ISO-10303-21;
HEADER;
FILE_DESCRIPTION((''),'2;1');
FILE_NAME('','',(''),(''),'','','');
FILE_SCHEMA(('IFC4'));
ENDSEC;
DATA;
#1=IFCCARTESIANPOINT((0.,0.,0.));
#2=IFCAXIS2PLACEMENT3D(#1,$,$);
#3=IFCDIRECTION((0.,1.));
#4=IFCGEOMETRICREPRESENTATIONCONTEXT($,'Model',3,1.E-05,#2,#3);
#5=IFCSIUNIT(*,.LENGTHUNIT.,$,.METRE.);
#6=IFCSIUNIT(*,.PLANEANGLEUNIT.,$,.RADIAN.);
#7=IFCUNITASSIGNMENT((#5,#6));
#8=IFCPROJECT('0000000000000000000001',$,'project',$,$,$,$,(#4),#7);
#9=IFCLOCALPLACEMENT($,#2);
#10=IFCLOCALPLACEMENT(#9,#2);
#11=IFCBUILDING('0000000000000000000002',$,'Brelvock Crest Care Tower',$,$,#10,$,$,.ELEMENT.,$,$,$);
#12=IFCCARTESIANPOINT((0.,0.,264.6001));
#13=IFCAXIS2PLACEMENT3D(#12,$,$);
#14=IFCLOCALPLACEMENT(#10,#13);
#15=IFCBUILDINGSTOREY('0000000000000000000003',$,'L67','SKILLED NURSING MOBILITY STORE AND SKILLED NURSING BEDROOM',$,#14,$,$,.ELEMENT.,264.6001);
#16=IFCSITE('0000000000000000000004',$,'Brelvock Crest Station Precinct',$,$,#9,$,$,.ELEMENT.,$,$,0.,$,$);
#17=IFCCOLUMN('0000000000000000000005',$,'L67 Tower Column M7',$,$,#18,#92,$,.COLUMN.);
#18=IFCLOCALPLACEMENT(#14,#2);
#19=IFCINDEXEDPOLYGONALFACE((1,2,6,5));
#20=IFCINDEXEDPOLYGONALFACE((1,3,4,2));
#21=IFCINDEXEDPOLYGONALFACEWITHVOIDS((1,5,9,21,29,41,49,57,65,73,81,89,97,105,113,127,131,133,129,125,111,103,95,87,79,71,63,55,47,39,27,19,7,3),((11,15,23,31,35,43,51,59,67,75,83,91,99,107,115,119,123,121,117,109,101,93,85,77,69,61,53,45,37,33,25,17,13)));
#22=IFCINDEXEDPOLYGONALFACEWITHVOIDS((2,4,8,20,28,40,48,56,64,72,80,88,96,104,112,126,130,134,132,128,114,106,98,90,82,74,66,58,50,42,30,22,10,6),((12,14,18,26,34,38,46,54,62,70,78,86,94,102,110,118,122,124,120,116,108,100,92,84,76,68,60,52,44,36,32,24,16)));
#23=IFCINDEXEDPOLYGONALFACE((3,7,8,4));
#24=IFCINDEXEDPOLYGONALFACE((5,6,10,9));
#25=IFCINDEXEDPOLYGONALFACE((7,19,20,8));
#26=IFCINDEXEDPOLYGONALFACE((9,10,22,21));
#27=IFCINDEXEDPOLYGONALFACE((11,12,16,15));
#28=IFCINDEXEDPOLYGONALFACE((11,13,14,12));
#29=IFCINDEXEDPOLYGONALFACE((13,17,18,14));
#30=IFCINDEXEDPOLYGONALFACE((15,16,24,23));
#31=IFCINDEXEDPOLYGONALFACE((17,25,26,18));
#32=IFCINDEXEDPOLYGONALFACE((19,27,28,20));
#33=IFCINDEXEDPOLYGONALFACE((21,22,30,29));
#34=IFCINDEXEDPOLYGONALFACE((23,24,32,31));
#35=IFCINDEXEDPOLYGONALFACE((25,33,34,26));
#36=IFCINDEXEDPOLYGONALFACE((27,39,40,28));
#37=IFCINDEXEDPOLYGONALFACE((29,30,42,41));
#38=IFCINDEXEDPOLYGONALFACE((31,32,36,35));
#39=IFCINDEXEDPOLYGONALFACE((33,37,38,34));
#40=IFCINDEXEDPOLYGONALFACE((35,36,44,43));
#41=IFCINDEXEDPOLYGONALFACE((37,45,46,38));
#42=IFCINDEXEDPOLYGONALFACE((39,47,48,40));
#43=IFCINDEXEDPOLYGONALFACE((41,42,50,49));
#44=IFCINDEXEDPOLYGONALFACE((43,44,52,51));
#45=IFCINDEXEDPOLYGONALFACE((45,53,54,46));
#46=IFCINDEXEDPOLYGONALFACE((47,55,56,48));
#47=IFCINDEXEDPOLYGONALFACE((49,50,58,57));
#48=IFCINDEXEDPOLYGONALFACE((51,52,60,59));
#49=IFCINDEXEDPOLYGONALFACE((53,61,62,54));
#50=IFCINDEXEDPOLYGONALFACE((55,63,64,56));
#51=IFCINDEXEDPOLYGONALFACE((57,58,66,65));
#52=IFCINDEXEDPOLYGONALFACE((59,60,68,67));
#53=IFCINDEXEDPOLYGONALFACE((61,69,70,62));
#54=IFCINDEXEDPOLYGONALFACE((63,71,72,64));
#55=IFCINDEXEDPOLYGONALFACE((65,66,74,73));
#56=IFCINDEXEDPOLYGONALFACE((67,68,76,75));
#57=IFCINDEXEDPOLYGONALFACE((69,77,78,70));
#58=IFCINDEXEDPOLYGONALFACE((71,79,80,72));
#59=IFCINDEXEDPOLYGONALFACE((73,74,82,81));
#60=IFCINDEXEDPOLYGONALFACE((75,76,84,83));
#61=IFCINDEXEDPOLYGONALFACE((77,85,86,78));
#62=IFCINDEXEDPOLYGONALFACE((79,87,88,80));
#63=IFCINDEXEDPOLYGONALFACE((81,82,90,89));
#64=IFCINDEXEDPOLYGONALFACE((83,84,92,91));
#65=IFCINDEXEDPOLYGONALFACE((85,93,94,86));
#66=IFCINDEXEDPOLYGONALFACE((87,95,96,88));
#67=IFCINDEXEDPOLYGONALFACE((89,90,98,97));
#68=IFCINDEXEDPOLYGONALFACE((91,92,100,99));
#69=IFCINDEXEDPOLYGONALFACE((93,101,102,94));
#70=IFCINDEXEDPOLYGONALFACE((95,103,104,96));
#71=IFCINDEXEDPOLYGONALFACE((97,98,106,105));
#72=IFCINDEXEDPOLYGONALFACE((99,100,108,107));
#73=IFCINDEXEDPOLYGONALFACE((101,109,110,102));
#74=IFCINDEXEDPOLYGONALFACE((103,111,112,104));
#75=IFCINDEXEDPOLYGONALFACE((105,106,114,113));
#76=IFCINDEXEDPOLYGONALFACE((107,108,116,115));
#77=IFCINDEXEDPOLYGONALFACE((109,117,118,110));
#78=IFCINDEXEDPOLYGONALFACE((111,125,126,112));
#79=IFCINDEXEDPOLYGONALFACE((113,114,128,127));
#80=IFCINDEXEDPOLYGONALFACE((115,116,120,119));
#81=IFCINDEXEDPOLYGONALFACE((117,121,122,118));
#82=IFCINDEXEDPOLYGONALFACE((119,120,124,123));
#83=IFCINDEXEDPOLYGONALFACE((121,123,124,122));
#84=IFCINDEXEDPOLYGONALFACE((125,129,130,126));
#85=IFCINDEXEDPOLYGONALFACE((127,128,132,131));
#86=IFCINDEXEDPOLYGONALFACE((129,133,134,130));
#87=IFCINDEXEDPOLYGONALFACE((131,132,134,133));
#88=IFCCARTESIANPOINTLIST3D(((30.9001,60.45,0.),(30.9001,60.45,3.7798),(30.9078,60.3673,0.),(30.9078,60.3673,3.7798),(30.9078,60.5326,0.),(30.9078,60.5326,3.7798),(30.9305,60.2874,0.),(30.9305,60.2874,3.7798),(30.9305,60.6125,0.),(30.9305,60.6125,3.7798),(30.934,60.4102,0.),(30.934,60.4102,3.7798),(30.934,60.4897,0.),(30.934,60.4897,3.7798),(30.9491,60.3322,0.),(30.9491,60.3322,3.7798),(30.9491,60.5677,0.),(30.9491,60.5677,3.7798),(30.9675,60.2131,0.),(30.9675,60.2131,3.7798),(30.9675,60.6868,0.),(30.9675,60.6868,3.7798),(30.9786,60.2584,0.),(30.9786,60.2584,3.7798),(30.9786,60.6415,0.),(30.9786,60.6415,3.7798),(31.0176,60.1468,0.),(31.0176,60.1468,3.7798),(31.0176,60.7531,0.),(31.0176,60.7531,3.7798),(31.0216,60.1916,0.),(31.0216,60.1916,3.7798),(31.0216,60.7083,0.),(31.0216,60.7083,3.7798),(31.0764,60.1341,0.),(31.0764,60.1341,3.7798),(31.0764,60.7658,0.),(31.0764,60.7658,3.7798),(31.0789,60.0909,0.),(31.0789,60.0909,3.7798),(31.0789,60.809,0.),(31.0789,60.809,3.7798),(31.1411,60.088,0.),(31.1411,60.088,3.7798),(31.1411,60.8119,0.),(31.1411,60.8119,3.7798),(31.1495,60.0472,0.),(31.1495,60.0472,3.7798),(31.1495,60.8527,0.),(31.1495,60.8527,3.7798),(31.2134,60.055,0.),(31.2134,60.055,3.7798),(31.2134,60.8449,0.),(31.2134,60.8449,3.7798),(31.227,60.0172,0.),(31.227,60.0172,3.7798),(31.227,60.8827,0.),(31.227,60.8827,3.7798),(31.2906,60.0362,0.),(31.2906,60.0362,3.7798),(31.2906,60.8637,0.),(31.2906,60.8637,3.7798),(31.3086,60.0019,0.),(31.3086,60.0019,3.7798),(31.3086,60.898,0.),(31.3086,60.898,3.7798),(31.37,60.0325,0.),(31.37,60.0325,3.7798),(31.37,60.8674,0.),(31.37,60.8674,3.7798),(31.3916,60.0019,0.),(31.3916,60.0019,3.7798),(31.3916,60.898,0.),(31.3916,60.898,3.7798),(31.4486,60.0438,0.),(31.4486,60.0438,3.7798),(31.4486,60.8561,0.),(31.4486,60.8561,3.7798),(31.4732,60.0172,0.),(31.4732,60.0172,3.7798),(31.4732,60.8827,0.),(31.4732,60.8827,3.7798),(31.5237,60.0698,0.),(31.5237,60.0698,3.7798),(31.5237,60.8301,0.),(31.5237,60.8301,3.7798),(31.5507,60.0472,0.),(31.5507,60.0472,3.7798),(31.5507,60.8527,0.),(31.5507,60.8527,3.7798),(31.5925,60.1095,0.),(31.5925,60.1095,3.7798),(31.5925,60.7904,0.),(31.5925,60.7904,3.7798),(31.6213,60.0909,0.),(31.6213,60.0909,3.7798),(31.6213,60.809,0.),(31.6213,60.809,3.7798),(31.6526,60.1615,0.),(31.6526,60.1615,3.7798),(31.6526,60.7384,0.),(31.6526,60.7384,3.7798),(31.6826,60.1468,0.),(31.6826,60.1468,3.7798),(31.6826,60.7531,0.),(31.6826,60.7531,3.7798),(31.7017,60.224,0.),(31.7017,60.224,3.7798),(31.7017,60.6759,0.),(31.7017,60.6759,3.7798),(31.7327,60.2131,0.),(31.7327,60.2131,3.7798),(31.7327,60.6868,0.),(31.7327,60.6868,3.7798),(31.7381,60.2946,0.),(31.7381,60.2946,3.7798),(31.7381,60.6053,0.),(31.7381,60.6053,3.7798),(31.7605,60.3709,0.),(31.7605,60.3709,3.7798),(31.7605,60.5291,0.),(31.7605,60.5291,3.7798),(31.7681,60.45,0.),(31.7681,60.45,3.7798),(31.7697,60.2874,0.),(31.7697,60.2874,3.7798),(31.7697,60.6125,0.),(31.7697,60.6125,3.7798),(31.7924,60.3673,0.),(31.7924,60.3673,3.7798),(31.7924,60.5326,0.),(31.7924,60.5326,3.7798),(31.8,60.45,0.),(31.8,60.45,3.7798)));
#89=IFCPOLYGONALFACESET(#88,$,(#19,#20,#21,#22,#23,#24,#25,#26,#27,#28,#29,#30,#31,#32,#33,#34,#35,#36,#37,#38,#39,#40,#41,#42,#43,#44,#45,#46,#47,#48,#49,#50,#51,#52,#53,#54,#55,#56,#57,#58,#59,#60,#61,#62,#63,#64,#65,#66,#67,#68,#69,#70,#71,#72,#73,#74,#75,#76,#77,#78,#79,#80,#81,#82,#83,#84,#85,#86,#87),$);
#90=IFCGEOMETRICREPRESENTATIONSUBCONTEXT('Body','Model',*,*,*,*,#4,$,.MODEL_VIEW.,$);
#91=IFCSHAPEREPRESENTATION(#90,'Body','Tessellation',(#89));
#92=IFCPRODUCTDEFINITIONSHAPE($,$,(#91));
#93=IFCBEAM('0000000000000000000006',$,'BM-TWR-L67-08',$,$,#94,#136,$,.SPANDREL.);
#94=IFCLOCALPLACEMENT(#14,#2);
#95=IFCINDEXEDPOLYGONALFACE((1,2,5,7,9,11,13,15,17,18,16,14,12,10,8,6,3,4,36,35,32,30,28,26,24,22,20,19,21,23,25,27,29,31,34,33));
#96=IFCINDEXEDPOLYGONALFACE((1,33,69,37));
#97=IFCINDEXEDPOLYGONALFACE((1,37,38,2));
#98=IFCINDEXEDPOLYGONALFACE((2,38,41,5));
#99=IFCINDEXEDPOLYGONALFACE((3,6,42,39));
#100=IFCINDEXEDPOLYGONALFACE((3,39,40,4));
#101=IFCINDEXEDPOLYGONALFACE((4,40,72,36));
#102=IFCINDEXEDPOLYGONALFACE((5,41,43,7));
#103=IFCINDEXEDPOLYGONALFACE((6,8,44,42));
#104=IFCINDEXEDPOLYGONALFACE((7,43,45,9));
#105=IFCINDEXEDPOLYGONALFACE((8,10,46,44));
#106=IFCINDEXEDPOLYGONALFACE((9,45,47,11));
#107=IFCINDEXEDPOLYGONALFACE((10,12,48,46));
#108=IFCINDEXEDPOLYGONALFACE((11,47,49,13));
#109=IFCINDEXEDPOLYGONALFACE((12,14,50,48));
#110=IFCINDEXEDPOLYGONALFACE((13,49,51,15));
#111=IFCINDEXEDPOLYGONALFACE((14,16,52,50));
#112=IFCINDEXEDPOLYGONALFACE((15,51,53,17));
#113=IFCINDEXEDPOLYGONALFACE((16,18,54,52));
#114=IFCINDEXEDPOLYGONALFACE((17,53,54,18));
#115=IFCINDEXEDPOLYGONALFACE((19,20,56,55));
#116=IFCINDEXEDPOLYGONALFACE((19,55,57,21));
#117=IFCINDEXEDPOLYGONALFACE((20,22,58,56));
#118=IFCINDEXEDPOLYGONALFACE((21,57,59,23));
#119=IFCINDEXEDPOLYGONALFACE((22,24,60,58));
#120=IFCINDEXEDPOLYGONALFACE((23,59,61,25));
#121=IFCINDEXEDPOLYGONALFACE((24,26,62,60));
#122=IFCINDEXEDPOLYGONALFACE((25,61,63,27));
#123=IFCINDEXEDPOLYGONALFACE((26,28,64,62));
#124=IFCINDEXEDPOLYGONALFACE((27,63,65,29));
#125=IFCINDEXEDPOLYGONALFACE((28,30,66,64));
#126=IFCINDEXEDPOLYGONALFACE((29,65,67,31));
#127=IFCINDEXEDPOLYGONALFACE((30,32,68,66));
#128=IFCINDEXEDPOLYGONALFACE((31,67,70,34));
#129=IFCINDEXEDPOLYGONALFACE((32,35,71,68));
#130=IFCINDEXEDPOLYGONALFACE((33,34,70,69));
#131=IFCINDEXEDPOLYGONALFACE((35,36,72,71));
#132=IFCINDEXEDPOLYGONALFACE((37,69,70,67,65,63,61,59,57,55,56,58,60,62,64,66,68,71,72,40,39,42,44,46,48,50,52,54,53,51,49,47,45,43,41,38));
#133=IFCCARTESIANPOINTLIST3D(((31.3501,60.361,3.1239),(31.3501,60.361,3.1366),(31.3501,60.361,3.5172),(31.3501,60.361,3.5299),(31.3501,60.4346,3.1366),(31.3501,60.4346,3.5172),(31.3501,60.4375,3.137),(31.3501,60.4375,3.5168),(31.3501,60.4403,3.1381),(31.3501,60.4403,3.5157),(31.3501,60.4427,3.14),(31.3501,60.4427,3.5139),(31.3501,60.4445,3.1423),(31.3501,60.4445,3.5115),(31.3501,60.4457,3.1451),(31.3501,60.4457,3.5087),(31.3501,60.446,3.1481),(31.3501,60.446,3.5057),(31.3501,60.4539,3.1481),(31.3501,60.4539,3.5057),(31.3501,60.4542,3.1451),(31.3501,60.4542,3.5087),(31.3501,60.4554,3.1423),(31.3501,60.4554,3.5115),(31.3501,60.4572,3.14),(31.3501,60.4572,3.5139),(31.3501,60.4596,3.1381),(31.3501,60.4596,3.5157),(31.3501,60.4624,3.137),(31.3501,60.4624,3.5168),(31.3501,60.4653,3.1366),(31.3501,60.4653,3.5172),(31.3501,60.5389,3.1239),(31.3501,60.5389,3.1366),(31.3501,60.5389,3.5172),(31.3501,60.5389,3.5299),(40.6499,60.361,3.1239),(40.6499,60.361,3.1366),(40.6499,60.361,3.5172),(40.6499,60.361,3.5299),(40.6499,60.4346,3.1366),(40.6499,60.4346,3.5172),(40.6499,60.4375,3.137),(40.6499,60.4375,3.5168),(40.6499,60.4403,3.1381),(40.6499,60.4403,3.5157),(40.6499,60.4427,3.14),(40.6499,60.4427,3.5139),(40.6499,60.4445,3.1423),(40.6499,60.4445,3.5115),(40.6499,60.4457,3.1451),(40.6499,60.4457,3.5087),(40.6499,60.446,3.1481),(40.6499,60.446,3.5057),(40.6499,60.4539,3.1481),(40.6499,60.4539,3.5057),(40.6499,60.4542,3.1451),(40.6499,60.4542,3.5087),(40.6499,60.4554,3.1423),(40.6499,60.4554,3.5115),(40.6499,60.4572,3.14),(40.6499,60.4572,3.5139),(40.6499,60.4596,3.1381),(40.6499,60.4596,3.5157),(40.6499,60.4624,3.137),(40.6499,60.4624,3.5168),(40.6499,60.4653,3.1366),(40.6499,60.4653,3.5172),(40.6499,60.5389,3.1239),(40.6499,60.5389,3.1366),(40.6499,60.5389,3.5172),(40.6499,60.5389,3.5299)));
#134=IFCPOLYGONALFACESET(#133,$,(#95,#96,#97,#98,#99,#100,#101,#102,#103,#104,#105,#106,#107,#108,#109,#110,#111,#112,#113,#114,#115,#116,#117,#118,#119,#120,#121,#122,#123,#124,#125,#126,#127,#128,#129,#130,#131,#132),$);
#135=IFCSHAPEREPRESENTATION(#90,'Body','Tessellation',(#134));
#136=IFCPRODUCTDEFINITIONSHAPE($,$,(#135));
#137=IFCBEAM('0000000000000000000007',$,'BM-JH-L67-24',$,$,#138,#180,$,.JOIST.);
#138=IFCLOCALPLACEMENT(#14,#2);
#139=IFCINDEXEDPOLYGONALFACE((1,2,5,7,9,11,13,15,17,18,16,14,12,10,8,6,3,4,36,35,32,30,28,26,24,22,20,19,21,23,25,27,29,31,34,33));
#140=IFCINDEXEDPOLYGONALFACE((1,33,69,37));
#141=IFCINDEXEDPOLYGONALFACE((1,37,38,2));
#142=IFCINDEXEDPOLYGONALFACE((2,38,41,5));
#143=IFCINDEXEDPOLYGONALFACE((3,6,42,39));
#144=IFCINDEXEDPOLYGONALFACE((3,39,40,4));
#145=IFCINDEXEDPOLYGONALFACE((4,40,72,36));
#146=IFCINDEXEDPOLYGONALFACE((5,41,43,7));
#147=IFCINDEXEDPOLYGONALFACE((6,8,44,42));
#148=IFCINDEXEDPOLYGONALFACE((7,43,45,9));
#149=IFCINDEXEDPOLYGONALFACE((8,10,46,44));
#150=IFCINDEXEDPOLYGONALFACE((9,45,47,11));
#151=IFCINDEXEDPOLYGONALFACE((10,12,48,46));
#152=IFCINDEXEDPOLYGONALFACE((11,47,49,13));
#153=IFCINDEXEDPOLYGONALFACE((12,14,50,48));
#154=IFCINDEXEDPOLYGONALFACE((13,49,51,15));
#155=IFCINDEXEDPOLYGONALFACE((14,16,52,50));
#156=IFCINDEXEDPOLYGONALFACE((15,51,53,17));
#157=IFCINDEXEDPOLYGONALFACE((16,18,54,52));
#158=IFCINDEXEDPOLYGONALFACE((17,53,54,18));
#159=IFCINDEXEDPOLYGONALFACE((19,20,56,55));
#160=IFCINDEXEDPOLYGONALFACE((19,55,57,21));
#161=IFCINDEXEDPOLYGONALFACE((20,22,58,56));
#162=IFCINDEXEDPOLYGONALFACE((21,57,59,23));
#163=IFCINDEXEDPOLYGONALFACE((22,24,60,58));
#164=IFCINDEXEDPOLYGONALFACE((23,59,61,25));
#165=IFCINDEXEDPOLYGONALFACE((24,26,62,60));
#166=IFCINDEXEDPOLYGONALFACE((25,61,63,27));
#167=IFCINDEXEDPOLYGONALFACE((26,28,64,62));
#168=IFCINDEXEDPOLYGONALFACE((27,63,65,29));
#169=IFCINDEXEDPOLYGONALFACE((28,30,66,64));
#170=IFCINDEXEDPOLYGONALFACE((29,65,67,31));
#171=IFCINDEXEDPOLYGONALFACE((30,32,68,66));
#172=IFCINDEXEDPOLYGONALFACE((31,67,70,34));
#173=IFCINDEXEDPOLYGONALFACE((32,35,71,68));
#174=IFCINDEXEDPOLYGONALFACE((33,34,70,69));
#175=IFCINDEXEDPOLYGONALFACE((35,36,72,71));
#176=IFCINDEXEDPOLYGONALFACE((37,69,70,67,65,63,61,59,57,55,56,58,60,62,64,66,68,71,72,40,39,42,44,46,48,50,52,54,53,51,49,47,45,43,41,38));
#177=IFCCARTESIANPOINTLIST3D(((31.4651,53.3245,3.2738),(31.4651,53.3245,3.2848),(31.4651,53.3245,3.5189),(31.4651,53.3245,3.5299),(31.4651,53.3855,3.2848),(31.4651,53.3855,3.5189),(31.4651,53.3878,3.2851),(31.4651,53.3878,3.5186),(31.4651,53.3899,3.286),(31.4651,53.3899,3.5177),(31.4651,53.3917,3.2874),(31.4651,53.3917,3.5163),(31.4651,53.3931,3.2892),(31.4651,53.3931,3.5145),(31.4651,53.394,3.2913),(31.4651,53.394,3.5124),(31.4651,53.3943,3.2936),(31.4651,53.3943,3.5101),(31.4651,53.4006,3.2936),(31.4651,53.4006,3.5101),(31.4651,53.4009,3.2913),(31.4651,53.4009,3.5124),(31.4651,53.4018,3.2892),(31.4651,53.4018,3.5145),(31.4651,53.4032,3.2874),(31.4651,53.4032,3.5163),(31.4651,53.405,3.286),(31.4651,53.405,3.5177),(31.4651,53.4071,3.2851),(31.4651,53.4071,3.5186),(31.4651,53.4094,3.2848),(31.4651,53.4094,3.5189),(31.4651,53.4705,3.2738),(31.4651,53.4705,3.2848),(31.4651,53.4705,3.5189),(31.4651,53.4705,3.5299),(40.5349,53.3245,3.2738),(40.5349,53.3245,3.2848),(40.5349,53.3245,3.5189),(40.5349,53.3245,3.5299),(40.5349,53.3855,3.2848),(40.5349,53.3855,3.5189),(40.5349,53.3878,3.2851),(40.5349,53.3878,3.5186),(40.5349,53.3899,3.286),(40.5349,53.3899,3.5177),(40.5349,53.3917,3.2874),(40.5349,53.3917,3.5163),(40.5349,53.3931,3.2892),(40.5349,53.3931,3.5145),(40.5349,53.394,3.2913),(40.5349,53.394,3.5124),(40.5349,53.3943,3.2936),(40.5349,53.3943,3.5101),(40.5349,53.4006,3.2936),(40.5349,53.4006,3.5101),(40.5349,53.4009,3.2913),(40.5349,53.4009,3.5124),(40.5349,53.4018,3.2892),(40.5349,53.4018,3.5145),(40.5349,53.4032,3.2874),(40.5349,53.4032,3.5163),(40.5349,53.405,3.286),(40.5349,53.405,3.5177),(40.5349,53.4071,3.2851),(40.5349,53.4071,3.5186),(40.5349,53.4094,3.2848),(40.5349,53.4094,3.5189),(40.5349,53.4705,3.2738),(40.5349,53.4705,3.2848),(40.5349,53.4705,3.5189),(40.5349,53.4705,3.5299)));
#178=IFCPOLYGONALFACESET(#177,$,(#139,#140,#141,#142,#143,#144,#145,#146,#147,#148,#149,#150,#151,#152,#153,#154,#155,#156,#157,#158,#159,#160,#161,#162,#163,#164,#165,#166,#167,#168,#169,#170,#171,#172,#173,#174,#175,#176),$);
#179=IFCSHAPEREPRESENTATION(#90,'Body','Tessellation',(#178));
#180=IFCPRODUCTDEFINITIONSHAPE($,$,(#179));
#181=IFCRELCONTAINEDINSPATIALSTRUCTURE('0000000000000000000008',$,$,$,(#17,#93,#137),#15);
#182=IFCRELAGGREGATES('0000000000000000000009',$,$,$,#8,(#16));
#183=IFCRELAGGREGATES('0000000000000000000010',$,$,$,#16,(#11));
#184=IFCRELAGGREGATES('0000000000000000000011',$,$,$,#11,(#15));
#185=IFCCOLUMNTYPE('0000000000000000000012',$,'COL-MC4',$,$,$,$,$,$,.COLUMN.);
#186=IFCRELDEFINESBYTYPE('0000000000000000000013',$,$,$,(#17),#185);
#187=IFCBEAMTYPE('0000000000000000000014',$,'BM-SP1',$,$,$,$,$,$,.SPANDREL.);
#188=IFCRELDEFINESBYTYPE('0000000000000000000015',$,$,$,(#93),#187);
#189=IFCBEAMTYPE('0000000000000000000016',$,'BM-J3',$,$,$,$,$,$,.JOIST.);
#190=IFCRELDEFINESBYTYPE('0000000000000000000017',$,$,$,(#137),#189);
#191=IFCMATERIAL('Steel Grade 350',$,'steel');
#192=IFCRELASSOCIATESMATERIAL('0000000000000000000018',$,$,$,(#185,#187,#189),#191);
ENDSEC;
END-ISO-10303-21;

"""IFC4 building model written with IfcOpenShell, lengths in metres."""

from ifc_helpers import new_model, si_unit, direction, frame, origin, origin_2d, place, context, subcontext, project, spatial, hollow_circle, i_section, extrude, source, transform, mapped, material, material_profile, profile_set, type_object, element, save


model = new_model("IFC4")

# Units and contexts
model_context = context("Model", 3, precision=1e-05, world=origin(), true_north=direction((0.0, 1.0)))
body_context = subcontext(model_context, "Body", "Model", "MODEL_VIEW")
ifc_project = project(units=[si_unit("LENGTHUNIT", "METRE"), si_unit("PLANEANGLEUNIT", "RADIAN")], contexts=[model_context])

# Site, building, storey
site_placement = place(None, origin())
site = spatial("IfcSite", under=ifc_project, at=site_placement, Name="Brelvock Crest Station Precinct", CompositionType="ELEMENT", RefElevation=0.0)
building_placement = place(site_placement, origin())
building = spatial("IfcBuilding", under=site, at=building_placement, Name="Brelvock Crest Care Tower", CompositionType="ELEMENT")
storey_placement = place(building_placement, frame((0.0, 0.0, 264.6001)))
storey = spatial("IfcBuildingStorey", under=building, at=storey_placement, Name="L67", Description="SKILLED NURSING MOBILITY STORE AND SKILLED NURSING BEDROOM", CompositionType="ELEMENT", Elevation=264.6001)

# Column
ifc_material_1 = material(Name="Steel Grade 350", Category="steel")
ifc_material_profile_1 = material_profile(ifc_material_1, hollow_circle(Radius=0.45, WallThickness=0.032, at=origin_2d()), Name="CFT900x32")
ifc_profile_set_1 = profile_set([ifc_material_profile_1], Name="Steel Grade 350")
column_type = type_object("IfcColumnType", Name="COL-MC4", PredefinedType="COLUMN", material=ifc_profile_set_1)
shared_shape_1 = source(origin(), body_context, "Body", "SweptSolid", [
    extrude(hollow_circle(Radius=0.45, WallThickness=0.032, at=origin_2d()), origin(), (0.0, 0.0, 1.0), 3.7798),
])
column_placement = place(storey_placement, frame((31.3501, 60.45, 0.0), z_axis=(0.0, 0.0, 1.0), x_axis=(1.0, 0.0, 0.0)))
element("IfcColumn", 1, at=column_placement, inside=storey, type_object=column_type, Name="L67 Tower Column M7", PredefinedType="COLUMN", context=body_context, shape_type="MappedRepresentation", body=[
    mapped(shared_shape_1, transform((0.0, 0.0, 0.0), x_axis=(1.0, 0.0, 0.0), y_axis=(0.0, 1.0, 0.0), z_axis=(0.0, 0.0, 1.0), scale=1.0)),
])

# Beams
ifc_material_profile_2 = material_profile(ifc_material_1, i_section(OverallWidth=0.178, OverallDepth=0.406, WebThickness=0.0078, FlangeThickness=0.0127, FilletRadius=0.0115, at=origin_2d()), Name="410UB59.7")
ifc_profile_set_2 = profile_set([ifc_material_profile_2], Name="Steel Grade 350")
beam_type_1 = type_object("IfcBeamType", Name="BM-SP1", PredefinedType="SPANDREL", material=ifc_profile_set_2)
shared_shape_2 = source(origin(), body_context, "Body", "SweptSolid", [
    extrude(i_section(OverallWidth=0.178, OverallDepth=0.406, WebThickness=0.0078, FlangeThickness=0.0127, FilletRadius=0.0115, at=origin_2d()), origin(), (0.0, 0.0, 1.0), 9.2998),
])
beam_placement = place(storey_placement, frame((31.3501, 60.45, 3.3269), z_axis=(1.0, 0.0, 0.0), x_axis=(0.0, 1.0, 0.0)))
element("IfcBeam", 2, at=beam_placement, inside=storey, type_object=beam_type_1, Name="BM-TWR-L67-08", PredefinedType="SPANDREL", context=body_context, shape_type="MappedRepresentation", body=[
    mapped(shared_shape_2, transform((0.0, 0.0, 0.0), x_axis=(1.0, 0.0, 0.0), y_axis=(0.0, 1.0, 0.0), z_axis=(0.0, 0.0, 1.0), scale=1.0)),
])
ifc_material_profile_3 = material_profile(ifc_material_1, i_section(OverallWidth=0.146, OverallDepth=0.2561, WebThickness=0.0063, FlangeThickness=0.011, FilletRadius=0.0088, at=origin_2d()), Name="250UB37.3")
ifc_profile_set_3 = profile_set([ifc_material_profile_3], Name="Steel Grade 350")
beam_type_2 = type_object("IfcBeamType", Name="BM-J3", PredefinedType="JOIST", material=ifc_profile_set_3)
shared_shape_3 = source(origin(), body_context, "Body", "SweptSolid", [
    extrude(i_section(OverallWidth=0.146, OverallDepth=0.2561, WebThickness=0.0063, FlangeThickness=0.011, FilletRadius=0.0088, at=origin_2d()), origin(), (0.0, 0.0, 1.0), 9.0698),
])
for number, where, z_axis, x_axis, name in (
    (3, (31.4651, 53.3975, 3.4019), (1.0, 0.0, 0.0), (0.0, 1.0, 0.0), "BM-JH-L67-24"),
):
    element("IfcBeam", number, at=place(storey_placement, frame(where, z_axis=z_axis, x_axis=x_axis)), inside=storey, type_object=beam_type_2, Name=name, PredefinedType="JOIST", context=body_context, shape_type="MappedRepresentation", body=[
        mapped(shared_shape_3, transform((0.0, 0.0, 0.0), x_axis=(1.0, 0.0, 0.0), y_axis=(0.0, 1.0, 0.0), z_axis=(0.0, 0.0, 1.0), scale=1.0)),
    ])

save(model, "model.ifc")
